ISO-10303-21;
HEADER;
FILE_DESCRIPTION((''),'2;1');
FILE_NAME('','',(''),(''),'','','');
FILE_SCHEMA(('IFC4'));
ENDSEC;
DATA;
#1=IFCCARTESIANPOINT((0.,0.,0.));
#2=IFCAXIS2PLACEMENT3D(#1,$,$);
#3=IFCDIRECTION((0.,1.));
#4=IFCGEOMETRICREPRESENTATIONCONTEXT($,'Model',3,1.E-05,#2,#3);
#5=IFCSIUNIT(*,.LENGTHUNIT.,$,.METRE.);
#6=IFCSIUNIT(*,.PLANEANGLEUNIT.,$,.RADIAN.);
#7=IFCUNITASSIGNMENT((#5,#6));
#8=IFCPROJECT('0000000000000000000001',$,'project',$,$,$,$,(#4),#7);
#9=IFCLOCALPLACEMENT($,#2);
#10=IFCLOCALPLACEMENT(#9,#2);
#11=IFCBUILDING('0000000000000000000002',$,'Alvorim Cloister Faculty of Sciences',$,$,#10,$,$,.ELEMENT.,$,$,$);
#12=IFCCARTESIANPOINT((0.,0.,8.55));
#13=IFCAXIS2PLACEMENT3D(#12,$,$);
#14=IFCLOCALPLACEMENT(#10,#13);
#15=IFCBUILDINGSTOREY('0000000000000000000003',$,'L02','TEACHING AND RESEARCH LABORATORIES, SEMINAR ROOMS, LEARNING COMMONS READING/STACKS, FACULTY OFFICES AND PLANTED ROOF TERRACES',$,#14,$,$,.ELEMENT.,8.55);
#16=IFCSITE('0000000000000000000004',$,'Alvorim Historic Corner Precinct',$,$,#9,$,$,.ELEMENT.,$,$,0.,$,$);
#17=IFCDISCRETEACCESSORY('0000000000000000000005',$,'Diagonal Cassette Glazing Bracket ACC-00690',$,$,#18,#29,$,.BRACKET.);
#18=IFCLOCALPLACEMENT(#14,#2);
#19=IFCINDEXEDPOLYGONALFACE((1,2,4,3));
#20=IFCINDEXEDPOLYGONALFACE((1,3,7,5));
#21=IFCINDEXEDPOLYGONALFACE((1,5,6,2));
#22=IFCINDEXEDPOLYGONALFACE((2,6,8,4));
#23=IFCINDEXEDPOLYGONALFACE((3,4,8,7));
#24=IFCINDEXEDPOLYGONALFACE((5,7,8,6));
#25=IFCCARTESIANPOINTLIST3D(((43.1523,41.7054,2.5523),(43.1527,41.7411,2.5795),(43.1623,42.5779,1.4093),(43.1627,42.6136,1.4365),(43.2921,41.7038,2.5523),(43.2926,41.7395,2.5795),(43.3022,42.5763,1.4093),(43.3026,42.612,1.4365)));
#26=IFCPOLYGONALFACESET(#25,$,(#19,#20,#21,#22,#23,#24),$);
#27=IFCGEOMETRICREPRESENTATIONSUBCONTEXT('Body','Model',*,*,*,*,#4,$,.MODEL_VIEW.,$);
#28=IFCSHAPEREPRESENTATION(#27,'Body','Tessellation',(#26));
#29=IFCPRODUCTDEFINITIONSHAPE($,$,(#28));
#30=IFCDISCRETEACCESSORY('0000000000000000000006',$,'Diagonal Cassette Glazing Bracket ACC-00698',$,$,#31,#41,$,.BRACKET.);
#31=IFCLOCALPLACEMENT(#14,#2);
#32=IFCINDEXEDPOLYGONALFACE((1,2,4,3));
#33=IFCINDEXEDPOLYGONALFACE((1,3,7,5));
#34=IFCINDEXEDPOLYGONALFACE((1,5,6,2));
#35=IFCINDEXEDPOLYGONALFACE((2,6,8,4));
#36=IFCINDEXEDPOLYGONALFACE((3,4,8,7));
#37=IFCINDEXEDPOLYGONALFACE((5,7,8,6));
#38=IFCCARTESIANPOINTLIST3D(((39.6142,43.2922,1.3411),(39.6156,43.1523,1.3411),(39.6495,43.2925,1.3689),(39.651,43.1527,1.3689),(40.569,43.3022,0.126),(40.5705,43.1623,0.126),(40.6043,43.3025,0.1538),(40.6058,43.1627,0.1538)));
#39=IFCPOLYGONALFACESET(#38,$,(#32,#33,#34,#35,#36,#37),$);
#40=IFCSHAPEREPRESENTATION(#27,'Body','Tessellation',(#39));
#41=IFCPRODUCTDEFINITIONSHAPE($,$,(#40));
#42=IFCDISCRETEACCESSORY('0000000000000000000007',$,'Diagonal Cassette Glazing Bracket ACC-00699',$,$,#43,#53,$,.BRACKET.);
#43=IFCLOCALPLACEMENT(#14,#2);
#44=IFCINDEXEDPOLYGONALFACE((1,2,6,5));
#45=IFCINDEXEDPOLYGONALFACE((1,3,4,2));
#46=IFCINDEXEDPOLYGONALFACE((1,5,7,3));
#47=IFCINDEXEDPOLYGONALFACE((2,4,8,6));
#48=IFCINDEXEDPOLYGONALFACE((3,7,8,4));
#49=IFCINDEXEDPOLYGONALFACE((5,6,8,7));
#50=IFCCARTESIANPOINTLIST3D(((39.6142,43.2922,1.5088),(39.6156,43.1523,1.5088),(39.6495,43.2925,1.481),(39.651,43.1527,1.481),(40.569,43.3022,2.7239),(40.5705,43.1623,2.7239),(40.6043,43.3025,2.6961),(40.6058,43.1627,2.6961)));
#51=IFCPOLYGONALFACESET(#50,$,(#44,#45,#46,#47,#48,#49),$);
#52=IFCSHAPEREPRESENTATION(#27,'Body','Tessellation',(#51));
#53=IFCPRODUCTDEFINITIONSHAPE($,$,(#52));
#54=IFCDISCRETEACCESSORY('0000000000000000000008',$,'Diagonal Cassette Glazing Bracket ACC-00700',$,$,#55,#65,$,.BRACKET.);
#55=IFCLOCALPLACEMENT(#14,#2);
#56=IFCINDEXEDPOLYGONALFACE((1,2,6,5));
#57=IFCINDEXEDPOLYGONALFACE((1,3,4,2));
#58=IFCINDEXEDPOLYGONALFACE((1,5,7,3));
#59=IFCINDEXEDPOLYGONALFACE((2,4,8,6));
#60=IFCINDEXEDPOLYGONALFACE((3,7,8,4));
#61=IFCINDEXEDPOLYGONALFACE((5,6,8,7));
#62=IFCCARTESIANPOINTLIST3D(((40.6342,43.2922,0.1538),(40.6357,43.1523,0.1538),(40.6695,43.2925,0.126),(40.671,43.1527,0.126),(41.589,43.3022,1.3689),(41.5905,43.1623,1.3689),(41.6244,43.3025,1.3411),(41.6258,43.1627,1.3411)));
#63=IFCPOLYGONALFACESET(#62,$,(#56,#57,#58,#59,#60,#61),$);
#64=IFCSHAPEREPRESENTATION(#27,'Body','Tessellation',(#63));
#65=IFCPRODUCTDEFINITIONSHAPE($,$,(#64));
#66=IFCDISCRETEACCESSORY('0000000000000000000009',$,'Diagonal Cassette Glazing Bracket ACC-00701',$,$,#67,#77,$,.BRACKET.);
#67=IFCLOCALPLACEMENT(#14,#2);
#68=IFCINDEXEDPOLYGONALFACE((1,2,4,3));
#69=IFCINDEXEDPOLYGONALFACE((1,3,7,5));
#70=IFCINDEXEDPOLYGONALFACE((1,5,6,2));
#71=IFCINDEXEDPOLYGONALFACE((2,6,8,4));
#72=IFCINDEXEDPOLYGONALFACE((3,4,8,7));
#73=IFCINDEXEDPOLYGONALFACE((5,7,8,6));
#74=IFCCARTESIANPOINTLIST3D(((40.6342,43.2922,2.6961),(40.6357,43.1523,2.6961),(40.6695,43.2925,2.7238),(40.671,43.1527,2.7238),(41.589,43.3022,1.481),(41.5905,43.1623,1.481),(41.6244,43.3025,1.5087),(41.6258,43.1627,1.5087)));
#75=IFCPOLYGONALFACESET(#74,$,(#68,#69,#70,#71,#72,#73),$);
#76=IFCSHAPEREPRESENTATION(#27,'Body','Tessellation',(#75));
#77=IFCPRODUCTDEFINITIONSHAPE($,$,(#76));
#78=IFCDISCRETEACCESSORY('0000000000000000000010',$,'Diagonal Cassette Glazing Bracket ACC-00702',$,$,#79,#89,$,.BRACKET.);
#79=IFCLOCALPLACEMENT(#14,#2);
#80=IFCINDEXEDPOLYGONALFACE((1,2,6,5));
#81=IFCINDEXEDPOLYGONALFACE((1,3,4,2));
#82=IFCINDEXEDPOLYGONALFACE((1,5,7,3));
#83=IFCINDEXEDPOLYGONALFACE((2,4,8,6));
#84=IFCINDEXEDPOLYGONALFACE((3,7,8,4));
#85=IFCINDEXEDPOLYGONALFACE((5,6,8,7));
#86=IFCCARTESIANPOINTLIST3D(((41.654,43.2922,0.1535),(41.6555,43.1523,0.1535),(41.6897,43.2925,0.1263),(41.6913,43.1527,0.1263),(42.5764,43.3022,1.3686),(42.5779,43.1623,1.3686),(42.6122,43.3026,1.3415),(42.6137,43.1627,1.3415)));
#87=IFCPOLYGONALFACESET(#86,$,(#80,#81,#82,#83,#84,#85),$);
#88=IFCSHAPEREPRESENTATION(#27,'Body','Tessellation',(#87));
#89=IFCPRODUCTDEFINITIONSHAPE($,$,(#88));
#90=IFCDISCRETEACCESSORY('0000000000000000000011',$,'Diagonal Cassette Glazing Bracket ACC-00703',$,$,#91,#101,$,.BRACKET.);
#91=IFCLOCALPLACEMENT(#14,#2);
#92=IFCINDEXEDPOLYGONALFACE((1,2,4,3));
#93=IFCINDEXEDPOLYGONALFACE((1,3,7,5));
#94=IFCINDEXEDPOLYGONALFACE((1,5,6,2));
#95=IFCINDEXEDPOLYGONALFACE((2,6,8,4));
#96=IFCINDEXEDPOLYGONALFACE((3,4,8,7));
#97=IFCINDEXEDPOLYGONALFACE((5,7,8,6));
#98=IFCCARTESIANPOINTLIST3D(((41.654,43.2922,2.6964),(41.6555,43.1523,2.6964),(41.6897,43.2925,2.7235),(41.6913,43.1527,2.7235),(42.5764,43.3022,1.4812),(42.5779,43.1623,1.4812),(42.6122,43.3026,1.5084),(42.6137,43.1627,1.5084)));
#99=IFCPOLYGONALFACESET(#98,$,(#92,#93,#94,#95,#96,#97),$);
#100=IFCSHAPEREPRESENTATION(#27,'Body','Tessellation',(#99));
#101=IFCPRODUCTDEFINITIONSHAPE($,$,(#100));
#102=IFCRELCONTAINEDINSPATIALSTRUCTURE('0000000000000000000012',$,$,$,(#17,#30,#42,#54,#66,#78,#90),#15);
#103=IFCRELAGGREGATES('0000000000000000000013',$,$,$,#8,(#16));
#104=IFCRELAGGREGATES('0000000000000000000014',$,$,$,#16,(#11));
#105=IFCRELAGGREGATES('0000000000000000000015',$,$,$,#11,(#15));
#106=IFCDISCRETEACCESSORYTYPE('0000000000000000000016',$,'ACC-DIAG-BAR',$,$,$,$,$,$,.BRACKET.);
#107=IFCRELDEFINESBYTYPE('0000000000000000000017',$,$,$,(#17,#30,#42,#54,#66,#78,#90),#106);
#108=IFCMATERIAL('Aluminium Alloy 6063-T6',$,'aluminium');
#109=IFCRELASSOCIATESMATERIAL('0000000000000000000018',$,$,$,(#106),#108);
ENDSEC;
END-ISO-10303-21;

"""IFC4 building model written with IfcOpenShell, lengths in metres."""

from ifc_helpers import new_model, si_unit, direction, frame, origin, origin_2d, place, context, subcontext, project, spatial, rectangle, extrude, material, type_object, element, save


model = new_model("IFC4")

# Units and contexts
model_context = context("Model", 3, precision=1e-05, world=origin(), true_north=direction((0.0, 1.0)))
body_context = subcontext(model_context, "Body", "Model", "MODEL_VIEW")
ifc_project = project(units=[si_unit("LENGTHUNIT", "METRE"), si_unit("PLANEANGLEUNIT", "RADIAN")], contexts=[model_context])

# Site, building, storey
site_placement = place(None, origin())
site = spatial("IfcSite", under=ifc_project, at=site_placement, Name="Alvorim Historic Corner Precinct", CompositionType="ELEMENT", RefElevation=0.0)
building_placement = place(site_placement, origin())
building = spatial("IfcBuilding", under=site, at=building_placement, Name="Alvorim Cloister Faculty of Sciences", CompositionType="ELEMENT")
storey_placement = place(building_placement, frame((0.0, 0.0, 8.55)))
storey = spatial("IfcBuildingStorey", under=building, at=storey_placement, Name="L02", Description="TEACHING AND RESEARCH LABORATORIES, SEMINAR ROOMS, LEARNING COMMONS READING/STACKS, FACULTY OFFICES AND PLANTED ROOF TERRACES", CompositionType="ELEMENT", Elevation=8.55)

# Shared definitions
ifc_material_1 = material(Name="Aluminium Alloy 6063-T6", Category="aluminium")

# Discrete accessories
discrete_accessory_type = type_object("IfcDiscreteAccessoryType", Name="ACC-DIAG-BAR", PredefinedType="BRACKET", material=ifc_material_1)
discrete_accessory_placement = place(storey_placement, frame((43.2224, 41.7224, 2.5659), z_axis=(0.006961, 0.606755, -0.794859), x_axis=(-0.999934, 0.011471, 0.0)))
element("IfcDiscreteAccessory", 1, at=discrete_accessory_placement, inside=storey, type_object=discrete_accessory_type, Name="Diagonal Cassette Glazing Bracket ACC-00690", PredefinedType="BRACKET", context=body_context, shape_type="SweptSolid", body=[
    extrude(rectangle(XDim=0.1399, YDim=0.0449, at=origin_2d()), origin(), (0.0, 0.0, 1.0), 1.438),
])
for number, where, z_axis, x_axis, name in (
    (2, (39.6326, 43.2224, 1.355), (0.617857, 0.006477, -0.786263), (-0.010483, 0.999945, 0.0), "Diagonal Cassette Glazing Bracket ACC-00698"),
    (3, (39.6326, 43.2224, 1.4949), (0.617857, 0.006477, 0.786263), (-0.010483, 0.999945, 0.0), "Diagonal Cassette Glazing Bracket ACC-00699"),
    (4, (40.6526, 43.2224, 0.1399), (0.617857, 0.006477, 0.786263), (-0.010483, 0.999945, 0.0), "Diagonal Cassette Glazing Bracket ACC-00700"),
    (5, (40.6526, 43.2224, 2.71), (0.617857, 0.006477, -0.786263), (-0.010483, 0.999945, 0.0), "Diagonal Cassette Glazing Bracket ACC-00701"),
):
    element("IfcDiscreteAccessory", number, at=place(storey_placement, frame(where, z_axis=z_axis, x_axis=x_axis)), inside=storey, type_object=discrete_accessory_type, Name=name, PredefinedType="BRACKET", context=body_context, shape_type="SweptSolid", body=[
        extrude(rectangle(XDim=0.1399, YDim=0.0449, at=origin_2d()), origin(), (0.0, 0.0, 1.0), 1.5454),
    ])
for number, where, z_axis, x_axis, name in (
    (6, (41.6726, 43.2224, 0.1399), (0.604612, 0.006561, 0.796493), (-0.010852, 0.999941, 0.0), "Diagonal Cassette Glazing Bracket ACC-00702"),
    (7, (41.6726, 43.2224, 2.71), (0.604612, 0.006561, -0.796493), (-0.010852, 0.999941, 0.0), "Diagonal Cassette Glazing Bracket ACC-00703"),
):
    element("IfcDiscreteAccessory", number, at=place(storey_placement, frame(where, z_axis=z_axis, x_axis=x_axis)), inside=storey, type_object=discrete_accessory_type, Name=name, PredefinedType="BRACKET", context=body_context, shape_type="SweptSolid", body=[
        extrude(rectangle(XDim=0.1399, YDim=0.0449, at=origin_2d()), origin(), (0.0, 0.0, 1.0), 1.5256),
    ])

save(model, "model.ifc")
